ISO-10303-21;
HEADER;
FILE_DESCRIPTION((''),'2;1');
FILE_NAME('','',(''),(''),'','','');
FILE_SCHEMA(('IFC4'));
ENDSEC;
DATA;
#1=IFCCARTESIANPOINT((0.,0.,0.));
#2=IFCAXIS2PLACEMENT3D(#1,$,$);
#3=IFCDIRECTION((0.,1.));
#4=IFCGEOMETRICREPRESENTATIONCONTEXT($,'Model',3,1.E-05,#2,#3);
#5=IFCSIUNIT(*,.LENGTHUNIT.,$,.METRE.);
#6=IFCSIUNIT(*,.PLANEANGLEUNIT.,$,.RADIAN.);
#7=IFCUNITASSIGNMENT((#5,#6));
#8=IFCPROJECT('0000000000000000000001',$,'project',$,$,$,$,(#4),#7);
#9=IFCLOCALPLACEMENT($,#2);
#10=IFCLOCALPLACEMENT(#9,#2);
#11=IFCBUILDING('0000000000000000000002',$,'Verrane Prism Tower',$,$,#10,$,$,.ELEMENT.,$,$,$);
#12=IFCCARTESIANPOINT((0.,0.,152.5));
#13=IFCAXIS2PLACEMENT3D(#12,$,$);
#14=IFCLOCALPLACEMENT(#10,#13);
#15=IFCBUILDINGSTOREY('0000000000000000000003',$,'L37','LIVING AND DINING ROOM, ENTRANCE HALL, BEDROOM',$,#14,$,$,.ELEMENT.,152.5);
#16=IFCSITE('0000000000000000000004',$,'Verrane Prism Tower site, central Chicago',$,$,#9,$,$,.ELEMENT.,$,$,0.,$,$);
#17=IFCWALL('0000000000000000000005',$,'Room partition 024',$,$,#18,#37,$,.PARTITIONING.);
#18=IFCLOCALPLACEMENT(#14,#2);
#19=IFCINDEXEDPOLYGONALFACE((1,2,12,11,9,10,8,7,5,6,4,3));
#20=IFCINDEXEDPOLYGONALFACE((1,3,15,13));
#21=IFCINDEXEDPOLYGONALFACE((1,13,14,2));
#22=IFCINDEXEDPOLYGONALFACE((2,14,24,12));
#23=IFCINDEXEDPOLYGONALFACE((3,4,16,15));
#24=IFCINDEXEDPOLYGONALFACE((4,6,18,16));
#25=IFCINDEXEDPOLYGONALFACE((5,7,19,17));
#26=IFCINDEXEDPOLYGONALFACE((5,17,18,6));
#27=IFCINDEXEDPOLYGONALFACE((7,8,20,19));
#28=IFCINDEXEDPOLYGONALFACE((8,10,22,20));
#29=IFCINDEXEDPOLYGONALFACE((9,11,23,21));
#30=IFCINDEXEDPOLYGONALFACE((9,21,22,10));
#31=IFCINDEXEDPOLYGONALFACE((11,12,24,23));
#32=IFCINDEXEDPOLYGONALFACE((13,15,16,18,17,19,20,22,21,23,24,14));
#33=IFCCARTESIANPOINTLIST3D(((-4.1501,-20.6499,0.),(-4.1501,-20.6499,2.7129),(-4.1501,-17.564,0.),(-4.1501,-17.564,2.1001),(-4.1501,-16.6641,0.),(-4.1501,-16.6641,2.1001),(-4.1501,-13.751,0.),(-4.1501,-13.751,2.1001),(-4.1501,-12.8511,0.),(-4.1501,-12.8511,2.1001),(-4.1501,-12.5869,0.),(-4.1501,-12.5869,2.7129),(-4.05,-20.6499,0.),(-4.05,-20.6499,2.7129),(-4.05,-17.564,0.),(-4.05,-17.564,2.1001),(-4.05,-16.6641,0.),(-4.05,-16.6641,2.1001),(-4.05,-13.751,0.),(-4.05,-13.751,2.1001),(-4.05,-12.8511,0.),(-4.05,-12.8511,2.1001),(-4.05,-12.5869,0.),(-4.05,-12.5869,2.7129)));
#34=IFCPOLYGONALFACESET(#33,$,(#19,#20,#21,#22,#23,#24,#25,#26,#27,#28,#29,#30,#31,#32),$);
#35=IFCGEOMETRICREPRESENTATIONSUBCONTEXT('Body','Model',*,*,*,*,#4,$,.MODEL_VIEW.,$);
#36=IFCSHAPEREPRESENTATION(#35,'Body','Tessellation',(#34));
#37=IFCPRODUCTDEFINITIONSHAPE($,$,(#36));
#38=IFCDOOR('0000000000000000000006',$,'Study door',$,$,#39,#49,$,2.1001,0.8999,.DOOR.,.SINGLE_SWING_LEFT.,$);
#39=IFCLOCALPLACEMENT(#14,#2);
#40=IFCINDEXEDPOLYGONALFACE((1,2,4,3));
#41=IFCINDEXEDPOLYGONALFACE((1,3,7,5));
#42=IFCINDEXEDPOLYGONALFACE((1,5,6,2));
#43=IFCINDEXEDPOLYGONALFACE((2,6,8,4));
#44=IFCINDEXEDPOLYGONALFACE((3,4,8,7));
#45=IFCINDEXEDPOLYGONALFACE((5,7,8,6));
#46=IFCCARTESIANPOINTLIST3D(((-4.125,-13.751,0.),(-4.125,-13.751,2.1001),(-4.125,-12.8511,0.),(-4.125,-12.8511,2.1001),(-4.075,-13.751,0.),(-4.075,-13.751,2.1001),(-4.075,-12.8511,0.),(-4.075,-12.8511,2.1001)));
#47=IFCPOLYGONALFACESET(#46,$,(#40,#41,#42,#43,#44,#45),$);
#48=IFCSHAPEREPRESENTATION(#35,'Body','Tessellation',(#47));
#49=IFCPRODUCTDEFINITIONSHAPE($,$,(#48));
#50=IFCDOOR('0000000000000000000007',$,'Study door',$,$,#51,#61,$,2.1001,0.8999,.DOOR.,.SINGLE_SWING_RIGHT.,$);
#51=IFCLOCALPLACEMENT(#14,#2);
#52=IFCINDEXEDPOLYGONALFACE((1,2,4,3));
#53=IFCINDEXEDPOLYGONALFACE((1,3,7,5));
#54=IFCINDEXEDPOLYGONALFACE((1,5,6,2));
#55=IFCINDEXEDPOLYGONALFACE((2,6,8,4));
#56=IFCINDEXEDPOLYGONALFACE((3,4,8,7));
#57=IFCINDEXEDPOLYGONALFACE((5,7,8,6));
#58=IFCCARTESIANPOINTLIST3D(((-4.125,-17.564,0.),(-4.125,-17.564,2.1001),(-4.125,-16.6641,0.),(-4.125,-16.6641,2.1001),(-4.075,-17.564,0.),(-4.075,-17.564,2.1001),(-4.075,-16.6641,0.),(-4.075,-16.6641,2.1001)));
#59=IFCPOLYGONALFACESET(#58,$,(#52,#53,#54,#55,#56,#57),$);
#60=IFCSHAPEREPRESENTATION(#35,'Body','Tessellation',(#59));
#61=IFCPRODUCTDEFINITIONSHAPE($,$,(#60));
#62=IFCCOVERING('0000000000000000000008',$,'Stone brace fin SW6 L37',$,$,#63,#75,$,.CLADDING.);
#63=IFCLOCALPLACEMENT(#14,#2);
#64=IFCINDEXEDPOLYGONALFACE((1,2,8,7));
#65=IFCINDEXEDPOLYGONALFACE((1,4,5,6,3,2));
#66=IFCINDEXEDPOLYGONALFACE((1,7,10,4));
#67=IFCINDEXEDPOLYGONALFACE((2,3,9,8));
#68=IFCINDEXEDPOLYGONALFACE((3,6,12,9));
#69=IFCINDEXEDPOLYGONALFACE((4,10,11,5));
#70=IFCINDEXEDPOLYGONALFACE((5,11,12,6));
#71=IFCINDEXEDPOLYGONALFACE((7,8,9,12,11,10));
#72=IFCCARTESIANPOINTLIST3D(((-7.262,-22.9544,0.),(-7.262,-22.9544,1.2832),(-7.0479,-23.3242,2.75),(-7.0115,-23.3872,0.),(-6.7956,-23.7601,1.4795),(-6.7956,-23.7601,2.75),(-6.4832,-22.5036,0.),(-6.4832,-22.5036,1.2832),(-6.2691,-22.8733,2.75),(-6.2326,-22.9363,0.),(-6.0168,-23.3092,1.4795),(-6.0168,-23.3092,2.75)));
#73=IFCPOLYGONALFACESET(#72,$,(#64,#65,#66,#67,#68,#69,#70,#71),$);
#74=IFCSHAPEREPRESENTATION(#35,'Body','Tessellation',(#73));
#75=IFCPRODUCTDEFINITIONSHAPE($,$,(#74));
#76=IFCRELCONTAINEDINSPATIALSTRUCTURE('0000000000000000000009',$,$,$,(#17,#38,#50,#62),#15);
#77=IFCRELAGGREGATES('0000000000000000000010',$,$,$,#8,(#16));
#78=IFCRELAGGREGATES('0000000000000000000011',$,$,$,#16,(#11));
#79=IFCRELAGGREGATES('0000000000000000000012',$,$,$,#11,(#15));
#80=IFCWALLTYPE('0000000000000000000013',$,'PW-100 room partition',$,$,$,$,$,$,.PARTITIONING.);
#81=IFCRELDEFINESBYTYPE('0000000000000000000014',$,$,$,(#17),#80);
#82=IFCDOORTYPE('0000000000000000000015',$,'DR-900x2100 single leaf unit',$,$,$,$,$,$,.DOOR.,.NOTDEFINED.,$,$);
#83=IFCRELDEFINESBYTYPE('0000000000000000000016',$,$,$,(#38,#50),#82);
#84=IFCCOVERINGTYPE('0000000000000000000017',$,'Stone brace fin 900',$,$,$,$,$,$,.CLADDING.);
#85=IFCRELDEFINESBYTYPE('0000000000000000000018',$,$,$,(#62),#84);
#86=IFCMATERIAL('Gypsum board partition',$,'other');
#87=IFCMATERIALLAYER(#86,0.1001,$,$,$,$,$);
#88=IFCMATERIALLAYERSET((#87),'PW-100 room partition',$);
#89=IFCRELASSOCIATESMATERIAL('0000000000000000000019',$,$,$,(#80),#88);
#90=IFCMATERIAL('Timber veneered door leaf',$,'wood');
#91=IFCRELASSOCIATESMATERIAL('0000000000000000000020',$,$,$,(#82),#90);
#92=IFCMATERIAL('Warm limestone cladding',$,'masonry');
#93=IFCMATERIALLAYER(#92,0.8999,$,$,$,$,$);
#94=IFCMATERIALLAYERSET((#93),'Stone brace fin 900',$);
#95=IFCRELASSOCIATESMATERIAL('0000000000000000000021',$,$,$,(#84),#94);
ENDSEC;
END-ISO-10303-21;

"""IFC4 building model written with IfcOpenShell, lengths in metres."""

from ifc_helpers import new_model, si_unit, direction, frame, frame_2d, origin, place, context, subcontext, project, spatial, polyline, rectangle, outline, extrude, material, layer, layer_set, type_object, element, fill, save


model = new_model("IFC4")

# Units and contexts
model_context = context("Model", 3, precision=1e-05, world=origin(), true_north=direction((0.0, 1.0)))
body_context = subcontext(model_context, "Body", "Model", "MODEL_VIEW")
ifc_project = project(units=[si_unit("LENGTHUNIT", "METRE"), si_unit("PLANEANGLEUNIT", "RADIAN")], contexts=[model_context])

# Site, building, storey
site_placement = place(None, origin())
site = spatial("IfcSite", under=ifc_project, at=site_placement, Name="Verrane Prism Tower site, central Chicago", CompositionType="ELEMENT", RefElevation=0.0)
building_placement = place(site_placement, origin())
building = spatial("IfcBuilding", under=site, at=building_placement, Name="Verrane Prism Tower", CompositionType="ELEMENT")
storey_placement = place(building_placement, frame((0.0, 0.0, 152.5)))
storey = spatial("IfcBuildingStorey", under=building, at=storey_placement, Name="L37", Description="LIVING AND DINING ROOM, ENTRANCE HALL, BEDROOM", CompositionType="ELEMENT", Elevation=152.5)

# Shared definitions
ifc_material_1 = material(Name="Gypsum board partition", Category="other")
ifc_layer_1 = layer(ifc_material_1, 0.1001)
ifc_layer_set_1 = layer_set([ifc_layer_1], Name="PW-100 room partition")
wall_type = type_object("IfcWallType", Name="PW-100 room partition", PredefinedType="PARTITIONING", material=ifc_layer_set_1)

# Wall, openings, doors
wall_1_placement = place(storey_placement, frame((-4.1001, -20.6499, 0.0), z_axis=(0.0, 0.0, 1.0), x_axis=(0.0, 1.0, 0.0)))
wall_1 = element("IfcWall", 1, at=wall_1_placement, inside=storey, type_object=wall_type, Name="Room partition 024", PredefinedType="PARTITIONING", context=body_context, shape_type="SweptSolid", body=[
    extrude(rectangle(XDim=8.063, YDim=0.1001, at=frame_2d((4.0315, 0.0))), origin(), (0.0, 0.0, 1.0), 2.7129),
])
opening_1_placement = place(wall_1_placement, frame((6.8989, 0.0, 0.0)))
opening_1 = element("IfcOpeningElement", 2, at=opening_1_placement, cuts=wall_1, PredefinedType="OPENING", context=body_context, shape_type="SweptSolid", body=[
    extrude(rectangle(XDim=0.8999, YDim=2.1001, at=frame_2d((0.45, 1.05))), frame((0.0, 0.0601, 0.0), z_axis=(0.0, -1.0, 0.0), x_axis=(1.0, 0.0, 0.0)), (0.0, 0.0, 1.0), 0.1201),
])
opening_2_placement = place(wall_1_placement, frame((3.0859, 0.0, 0.0)))
opening_2 = element("IfcOpeningElement", 3, at=opening_2_placement, cuts=wall_1, PredefinedType="OPENING", context=body_context, shape_type="SweptSolid", body=[
    extrude(rectangle(XDim=0.8999, YDim=2.1001, at=frame_2d((0.45, 1.05))), frame((0.0, 0.0601, 0.0), z_axis=(0.0, -1.0, 0.0), x_axis=(1.0, 0.0, 0.0)), (0.0, 0.0, 1.0), 0.1201),
])
ifc_material_2 = material(Name="Timber veneered door leaf", Category="wood")
door_type = type_object("IfcDoorType", Name="DR-900x2100 single leaf unit", OperationType="NOTDEFINED", PredefinedType="DOOR", material=ifc_material_2)
door_1_placement = place(opening_1_placement, origin())
door_1 = element("IfcDoor", 4, at=door_1_placement, inside=storey, type_object=door_type, Name="Study door", OperationType="SINGLE_SWING_LEFT", OverallHeight=2.1001, OverallWidth=0.8999, PredefinedType="DOOR", context=body_context, shape_type="SweptSolid", body=[
    extrude(rectangle(XDim=0.8999, YDim=2.1001, at=frame_2d((0.45, 1.05))), frame((0.0, 0.0249, 0.0), z_axis=(0.0, -1.0, 0.0), x_axis=(1.0, 0.0, 0.0)), (0.0, 0.0, 1.0), 0.05),
])
fill(opening_1, door_1)
door_2_placement = place(opening_2_placement, origin())
door_2 = element("IfcDoor", 5, at=door_2_placement, inside=storey, type_object=door_type, Name="Study door", OperationType="SINGLE_SWING_RIGHT", OverallHeight=2.1001, OverallWidth=0.8999, PredefinedType="DOOR", context=body_context, shape_type="SweptSolid", body=[
    extrude(rectangle(XDim=0.8999, YDim=2.1001, at=frame_2d((0.45, 1.05))), frame((0.0, 0.0249, 0.0), z_axis=(0.0, -1.0, 0.0), x_axis=(1.0, 0.0, 0.0)), (0.0, 0.0, 1.0), 0.05),
])
fill(opening_2, door_2)

# Covering
ifc_material_3 = material(Name="Warm limestone cladding", Category="masonry")
ifc_layer_2 = layer(ifc_material_3, 0.8999)
ifc_layer_set_2 = layer_set([ifc_layer_2], Name="Stone brace fin 900")
covering_type = type_object("IfcCoveringType", Name="Stone brace fin 900", PredefinedType="CLADDING", material=ifc_layer_set_2)
covering_placement = place(storey_placement, frame((-6.8726, -22.729, 0.0), z_axis=(0.0, 0.0, 1.0), x_axis=(0.501016, -0.865438, 0.0)))
element("IfcCovering", 6, at=covering_placement, inside=storey, type_object=covering_type, Name="Stone brace fin SW6 L37", PredefinedType="CLADDING", context=body_context, shape_type="SweptSolid", body=[
    extrude(outline(polyline([(0.9309, 2.75), (0.4272, 2.75), (0.0, 1.2832), (0.0, 0.0), (0.5, 0.0), (0.9309, 1.4795), (0.9309, 2.75)])), frame((0.0, 0.45, 0.0), z_axis=(0.0, -1.0, 0.0), x_axis=(1.0, 0.0, 0.0)), (0.0, 0.0, 1.0), 0.8999),
])

save(model, "model.ifc")
